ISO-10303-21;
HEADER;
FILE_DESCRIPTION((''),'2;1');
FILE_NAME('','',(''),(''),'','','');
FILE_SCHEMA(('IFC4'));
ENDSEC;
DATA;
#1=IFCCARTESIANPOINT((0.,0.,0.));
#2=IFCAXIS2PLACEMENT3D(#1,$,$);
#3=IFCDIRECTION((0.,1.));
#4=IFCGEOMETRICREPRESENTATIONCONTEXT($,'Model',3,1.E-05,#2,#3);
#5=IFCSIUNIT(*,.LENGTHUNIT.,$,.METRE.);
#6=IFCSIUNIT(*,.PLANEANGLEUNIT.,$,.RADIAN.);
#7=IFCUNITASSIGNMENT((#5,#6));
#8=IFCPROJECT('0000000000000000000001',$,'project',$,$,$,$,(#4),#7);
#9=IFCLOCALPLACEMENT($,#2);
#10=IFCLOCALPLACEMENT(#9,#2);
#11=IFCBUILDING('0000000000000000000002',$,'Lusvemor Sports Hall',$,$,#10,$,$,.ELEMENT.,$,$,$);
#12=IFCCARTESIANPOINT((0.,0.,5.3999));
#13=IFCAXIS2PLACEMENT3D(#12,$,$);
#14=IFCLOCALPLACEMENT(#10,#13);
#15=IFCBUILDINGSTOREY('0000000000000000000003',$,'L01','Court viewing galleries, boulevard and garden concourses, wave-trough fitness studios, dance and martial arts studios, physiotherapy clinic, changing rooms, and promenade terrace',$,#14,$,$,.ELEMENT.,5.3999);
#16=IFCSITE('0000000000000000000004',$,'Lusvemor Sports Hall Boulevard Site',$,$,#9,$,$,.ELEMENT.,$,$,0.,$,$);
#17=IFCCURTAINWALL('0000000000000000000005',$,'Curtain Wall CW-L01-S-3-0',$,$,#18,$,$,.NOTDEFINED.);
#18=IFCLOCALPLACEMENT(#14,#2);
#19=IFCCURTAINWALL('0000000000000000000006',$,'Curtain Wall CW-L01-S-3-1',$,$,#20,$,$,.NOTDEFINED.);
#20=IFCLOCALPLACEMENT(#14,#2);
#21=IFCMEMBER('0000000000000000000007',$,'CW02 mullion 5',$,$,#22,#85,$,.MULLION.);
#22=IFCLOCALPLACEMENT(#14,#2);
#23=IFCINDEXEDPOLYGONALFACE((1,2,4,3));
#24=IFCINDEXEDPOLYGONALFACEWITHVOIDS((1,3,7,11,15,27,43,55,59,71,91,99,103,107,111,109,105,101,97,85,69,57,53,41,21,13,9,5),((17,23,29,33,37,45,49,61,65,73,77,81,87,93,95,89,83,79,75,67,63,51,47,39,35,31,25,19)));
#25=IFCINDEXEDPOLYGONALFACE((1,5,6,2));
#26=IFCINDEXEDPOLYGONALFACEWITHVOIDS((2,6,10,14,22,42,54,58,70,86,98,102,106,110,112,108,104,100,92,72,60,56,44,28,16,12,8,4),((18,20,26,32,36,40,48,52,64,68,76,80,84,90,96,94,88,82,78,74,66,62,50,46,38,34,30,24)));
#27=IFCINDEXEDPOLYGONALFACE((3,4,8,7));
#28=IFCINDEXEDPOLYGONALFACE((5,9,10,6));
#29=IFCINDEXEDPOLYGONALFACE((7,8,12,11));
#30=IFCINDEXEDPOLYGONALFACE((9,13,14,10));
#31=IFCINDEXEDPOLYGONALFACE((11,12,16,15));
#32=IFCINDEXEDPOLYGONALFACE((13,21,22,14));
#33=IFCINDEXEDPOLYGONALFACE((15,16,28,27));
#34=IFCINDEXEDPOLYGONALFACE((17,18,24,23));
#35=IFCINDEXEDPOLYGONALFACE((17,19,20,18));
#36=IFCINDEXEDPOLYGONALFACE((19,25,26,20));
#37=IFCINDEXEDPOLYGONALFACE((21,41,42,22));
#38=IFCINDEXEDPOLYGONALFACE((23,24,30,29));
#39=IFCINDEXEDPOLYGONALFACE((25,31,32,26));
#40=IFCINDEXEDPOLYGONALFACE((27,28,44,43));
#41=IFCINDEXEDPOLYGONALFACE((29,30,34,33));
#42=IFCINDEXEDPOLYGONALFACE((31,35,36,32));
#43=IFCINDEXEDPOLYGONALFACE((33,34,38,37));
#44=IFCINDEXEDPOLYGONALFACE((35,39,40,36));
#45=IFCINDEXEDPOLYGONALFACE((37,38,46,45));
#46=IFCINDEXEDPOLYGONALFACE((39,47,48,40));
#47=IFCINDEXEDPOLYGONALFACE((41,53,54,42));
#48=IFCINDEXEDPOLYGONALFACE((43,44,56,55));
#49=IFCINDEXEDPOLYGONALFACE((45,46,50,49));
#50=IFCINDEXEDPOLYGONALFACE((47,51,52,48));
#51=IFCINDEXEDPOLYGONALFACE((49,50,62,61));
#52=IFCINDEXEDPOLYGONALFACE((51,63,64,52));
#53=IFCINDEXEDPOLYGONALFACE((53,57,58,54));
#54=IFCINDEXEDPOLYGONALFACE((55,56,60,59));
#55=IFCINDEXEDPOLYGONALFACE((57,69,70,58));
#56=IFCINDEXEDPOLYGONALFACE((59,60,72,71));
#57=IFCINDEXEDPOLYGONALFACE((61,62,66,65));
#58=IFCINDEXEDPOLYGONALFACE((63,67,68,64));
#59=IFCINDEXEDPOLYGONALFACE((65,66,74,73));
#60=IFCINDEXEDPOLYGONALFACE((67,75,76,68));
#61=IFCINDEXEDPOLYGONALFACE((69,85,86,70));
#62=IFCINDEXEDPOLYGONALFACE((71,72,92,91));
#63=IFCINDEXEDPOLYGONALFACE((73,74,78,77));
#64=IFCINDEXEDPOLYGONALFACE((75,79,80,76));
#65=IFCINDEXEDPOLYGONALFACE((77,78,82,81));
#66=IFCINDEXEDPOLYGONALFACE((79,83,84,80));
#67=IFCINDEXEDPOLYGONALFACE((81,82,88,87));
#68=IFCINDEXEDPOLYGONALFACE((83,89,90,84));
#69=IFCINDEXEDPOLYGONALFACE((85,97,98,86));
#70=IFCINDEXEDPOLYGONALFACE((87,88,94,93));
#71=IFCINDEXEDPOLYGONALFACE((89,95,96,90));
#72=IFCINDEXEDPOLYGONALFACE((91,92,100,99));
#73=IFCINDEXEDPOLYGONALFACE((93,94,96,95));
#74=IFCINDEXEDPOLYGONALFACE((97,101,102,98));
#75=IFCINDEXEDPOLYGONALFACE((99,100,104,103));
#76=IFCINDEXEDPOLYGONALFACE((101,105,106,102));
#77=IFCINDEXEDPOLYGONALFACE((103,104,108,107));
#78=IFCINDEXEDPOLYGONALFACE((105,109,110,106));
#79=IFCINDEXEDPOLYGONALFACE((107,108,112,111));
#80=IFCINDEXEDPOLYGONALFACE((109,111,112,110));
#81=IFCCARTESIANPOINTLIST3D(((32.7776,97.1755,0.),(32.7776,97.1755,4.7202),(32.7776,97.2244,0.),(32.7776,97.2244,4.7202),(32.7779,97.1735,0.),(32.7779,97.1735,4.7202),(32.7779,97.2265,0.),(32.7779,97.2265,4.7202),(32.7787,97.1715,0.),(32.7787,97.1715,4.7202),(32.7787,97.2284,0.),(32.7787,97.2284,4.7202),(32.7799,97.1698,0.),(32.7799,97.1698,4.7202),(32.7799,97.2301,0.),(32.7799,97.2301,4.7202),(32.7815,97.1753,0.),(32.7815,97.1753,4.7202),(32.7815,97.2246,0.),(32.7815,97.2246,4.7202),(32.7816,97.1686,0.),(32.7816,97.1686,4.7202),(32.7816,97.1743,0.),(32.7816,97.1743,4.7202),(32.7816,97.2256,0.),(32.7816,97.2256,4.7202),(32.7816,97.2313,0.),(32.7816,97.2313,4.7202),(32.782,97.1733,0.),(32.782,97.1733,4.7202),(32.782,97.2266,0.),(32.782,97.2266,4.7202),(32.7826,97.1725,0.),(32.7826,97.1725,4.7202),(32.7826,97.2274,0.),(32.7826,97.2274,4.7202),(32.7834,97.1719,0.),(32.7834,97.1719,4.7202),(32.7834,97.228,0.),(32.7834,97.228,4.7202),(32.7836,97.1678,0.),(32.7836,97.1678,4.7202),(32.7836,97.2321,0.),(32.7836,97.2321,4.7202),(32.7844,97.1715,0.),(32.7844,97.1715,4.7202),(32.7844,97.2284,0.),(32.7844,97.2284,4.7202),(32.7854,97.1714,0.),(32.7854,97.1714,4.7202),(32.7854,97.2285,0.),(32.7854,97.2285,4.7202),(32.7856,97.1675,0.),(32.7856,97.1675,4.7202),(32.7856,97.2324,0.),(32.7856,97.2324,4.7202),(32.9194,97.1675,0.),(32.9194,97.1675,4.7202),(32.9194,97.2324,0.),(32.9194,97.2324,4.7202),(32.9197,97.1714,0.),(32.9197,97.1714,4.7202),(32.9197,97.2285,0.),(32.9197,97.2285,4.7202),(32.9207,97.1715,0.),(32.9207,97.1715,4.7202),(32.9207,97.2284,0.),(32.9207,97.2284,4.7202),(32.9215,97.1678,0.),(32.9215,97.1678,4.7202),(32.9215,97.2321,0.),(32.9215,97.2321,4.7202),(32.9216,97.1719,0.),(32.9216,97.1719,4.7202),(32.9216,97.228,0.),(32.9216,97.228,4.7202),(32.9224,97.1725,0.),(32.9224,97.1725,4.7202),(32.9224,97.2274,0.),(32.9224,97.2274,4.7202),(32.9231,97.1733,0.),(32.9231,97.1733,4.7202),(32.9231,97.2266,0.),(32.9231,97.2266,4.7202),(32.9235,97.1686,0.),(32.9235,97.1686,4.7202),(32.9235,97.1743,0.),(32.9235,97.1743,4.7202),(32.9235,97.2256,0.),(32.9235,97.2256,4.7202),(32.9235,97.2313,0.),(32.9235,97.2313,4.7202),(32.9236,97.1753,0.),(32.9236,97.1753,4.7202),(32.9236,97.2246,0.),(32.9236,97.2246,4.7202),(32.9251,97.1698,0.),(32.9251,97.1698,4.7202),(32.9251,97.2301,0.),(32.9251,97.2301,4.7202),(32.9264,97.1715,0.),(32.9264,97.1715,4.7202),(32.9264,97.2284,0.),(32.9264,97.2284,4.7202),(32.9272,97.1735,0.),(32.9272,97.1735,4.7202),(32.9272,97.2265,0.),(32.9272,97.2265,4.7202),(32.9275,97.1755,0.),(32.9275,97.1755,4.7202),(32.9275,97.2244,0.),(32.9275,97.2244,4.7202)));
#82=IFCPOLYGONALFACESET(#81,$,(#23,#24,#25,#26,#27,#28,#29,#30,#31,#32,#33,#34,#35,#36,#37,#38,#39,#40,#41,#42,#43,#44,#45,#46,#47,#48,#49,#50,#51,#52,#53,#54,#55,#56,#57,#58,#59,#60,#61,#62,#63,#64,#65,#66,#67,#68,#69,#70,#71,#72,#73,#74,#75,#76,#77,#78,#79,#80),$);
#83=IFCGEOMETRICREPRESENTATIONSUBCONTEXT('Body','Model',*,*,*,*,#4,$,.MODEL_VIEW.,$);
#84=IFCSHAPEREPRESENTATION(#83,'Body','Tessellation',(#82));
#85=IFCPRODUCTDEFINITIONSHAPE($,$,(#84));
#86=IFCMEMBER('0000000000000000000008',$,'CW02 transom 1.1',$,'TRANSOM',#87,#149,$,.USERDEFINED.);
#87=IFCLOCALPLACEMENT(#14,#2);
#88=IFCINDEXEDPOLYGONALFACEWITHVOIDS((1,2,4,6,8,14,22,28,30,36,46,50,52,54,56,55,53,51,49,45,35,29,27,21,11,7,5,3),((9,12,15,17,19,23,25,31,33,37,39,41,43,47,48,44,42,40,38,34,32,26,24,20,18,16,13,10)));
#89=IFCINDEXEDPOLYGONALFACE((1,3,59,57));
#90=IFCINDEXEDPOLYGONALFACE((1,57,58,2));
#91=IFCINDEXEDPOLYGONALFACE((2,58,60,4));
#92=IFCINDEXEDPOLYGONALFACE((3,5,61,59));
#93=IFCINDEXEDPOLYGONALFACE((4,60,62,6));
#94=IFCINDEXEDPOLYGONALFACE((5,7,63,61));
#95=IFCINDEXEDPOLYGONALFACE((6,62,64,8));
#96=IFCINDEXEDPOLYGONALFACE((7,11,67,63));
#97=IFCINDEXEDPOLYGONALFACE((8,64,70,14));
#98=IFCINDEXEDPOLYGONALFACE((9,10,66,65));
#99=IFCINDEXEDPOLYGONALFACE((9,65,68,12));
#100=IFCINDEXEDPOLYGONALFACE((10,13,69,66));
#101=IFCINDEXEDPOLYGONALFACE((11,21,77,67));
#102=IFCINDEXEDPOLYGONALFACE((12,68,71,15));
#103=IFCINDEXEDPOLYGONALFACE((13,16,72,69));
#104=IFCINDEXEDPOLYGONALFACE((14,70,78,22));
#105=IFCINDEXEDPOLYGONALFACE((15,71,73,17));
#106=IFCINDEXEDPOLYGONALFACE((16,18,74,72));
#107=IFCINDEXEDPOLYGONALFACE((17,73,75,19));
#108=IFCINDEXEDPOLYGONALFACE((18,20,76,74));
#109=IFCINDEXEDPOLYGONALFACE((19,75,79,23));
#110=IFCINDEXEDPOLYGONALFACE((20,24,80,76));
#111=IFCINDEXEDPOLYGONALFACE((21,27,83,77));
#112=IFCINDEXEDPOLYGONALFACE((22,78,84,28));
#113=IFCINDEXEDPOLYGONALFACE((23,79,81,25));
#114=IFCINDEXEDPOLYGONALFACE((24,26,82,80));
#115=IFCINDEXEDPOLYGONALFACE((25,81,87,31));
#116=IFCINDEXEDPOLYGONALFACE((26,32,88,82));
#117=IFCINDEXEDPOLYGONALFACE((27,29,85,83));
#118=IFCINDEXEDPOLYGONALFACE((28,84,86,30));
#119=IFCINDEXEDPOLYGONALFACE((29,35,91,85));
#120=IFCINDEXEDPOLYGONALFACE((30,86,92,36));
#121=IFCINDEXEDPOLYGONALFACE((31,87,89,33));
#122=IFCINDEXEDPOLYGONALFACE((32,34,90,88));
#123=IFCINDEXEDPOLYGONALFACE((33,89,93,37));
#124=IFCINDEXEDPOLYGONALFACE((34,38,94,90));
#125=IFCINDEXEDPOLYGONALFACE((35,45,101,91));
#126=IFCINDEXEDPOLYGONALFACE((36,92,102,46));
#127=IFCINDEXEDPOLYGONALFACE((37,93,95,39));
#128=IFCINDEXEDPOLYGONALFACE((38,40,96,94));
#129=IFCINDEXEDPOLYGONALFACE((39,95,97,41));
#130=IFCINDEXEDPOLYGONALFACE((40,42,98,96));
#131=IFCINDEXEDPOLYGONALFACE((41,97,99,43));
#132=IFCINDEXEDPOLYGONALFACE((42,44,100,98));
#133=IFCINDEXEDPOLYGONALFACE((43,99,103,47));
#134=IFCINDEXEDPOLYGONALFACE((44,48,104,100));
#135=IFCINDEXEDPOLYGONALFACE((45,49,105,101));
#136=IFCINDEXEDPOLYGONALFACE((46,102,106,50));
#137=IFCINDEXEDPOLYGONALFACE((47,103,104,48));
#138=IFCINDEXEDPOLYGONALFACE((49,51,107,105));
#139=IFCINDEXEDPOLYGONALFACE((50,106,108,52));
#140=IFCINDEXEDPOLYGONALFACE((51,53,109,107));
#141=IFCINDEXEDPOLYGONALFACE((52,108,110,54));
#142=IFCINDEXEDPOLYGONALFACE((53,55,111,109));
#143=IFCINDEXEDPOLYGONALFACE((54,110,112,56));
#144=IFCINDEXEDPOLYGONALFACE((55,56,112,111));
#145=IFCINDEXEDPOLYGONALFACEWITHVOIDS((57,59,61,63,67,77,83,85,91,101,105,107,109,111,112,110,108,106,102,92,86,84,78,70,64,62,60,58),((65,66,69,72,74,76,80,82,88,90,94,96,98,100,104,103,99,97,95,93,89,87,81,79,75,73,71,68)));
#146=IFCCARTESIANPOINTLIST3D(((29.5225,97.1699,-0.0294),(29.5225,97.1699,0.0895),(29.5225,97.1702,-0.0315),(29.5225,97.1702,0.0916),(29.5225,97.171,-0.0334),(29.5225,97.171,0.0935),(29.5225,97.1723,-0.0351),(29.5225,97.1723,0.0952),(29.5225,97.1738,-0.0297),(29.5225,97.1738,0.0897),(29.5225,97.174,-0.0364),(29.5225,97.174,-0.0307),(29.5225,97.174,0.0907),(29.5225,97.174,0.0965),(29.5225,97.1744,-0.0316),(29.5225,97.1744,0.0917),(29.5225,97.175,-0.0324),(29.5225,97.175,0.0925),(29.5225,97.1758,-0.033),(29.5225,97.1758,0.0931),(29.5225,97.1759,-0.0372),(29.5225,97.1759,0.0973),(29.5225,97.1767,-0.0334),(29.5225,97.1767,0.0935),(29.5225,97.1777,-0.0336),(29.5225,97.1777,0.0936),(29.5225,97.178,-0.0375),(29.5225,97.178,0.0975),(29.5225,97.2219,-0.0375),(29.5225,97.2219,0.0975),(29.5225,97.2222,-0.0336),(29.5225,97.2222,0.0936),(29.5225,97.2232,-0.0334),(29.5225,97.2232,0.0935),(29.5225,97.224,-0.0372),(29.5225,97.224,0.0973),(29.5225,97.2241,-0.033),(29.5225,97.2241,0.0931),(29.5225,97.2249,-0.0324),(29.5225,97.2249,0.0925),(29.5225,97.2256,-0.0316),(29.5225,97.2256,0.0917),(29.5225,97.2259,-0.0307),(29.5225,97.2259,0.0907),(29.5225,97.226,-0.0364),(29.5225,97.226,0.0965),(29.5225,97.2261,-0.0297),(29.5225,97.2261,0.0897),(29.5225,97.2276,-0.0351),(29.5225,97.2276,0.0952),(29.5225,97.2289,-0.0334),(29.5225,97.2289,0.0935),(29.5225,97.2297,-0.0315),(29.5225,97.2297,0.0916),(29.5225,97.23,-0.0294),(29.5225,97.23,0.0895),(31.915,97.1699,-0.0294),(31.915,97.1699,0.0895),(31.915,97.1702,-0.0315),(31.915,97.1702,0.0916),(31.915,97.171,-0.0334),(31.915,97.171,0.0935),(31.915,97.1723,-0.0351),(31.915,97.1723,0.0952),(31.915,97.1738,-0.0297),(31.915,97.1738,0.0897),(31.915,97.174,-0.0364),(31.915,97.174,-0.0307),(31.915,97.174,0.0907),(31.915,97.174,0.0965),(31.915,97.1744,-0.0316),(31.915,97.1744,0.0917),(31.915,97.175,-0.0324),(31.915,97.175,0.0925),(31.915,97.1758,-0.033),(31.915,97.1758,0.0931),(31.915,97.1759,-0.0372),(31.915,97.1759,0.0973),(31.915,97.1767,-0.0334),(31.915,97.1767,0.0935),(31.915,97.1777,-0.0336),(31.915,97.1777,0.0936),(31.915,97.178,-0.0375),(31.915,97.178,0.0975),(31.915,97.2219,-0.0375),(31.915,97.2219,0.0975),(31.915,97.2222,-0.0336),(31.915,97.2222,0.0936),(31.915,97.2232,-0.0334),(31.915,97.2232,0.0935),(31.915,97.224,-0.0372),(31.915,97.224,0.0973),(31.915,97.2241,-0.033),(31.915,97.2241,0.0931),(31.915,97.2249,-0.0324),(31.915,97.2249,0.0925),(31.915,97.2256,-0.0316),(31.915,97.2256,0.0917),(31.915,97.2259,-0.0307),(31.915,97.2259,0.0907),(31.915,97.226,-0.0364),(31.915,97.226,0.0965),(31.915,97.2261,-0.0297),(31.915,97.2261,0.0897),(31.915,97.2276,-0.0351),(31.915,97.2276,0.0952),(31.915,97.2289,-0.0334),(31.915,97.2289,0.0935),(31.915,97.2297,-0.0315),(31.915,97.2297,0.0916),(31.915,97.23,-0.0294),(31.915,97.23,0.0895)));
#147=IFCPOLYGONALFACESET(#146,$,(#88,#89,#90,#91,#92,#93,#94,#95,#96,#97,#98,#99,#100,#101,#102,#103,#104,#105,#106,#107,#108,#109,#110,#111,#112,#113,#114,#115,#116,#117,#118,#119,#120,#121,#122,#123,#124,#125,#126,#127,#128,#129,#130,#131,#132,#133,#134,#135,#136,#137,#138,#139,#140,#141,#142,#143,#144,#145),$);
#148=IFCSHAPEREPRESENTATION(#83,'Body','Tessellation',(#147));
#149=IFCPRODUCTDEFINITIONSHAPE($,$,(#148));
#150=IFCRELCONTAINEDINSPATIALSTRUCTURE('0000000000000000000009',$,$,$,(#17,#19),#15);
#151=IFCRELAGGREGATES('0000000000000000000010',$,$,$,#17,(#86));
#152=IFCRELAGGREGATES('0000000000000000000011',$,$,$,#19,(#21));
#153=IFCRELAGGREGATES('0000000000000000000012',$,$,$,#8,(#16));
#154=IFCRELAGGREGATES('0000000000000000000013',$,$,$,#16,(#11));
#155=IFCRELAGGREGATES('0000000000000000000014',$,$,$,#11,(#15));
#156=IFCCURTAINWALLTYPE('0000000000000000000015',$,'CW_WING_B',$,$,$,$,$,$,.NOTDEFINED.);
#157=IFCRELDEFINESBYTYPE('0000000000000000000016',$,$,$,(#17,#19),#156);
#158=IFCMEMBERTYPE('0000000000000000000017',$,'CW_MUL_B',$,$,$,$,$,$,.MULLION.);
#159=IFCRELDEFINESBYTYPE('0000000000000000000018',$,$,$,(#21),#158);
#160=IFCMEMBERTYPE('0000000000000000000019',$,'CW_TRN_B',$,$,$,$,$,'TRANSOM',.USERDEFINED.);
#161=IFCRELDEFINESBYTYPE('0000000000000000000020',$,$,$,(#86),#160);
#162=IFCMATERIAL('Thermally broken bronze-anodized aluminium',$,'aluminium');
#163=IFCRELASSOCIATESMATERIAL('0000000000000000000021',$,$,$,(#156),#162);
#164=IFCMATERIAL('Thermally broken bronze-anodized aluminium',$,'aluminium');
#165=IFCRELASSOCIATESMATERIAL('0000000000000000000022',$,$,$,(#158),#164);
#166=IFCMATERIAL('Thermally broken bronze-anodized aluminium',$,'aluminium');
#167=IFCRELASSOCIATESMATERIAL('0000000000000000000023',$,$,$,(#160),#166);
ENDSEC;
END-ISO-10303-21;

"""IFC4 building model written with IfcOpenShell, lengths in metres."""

from ifc_helpers import new_model, si_unit, direction, frame, origin, origin_2d, place, context, subcontext, project, spatial, hollow_rectangle, extrude, material, material_profile, profile_set, type_object, element, aggregate, save


model = new_model("IFC4")

# Units and contexts
model_context = context("Model", 3, precision=1e-05, world=origin(), true_north=direction((0.0, 1.0)))
body_context = subcontext(model_context, "Body", "Model", "MODEL_VIEW")
ifc_project = project(units=[si_unit("LENGTHUNIT", "METRE"), si_unit("PLANEANGLEUNIT", "RADIAN")], contexts=[model_context])

# Site, building, storey
site_placement = place(None, origin())
site = spatial("IfcSite", under=ifc_project, at=site_placement, Name="Lusvemor Sports Hall Boulevard Site", CompositionType="ELEMENT", RefElevation=0.0)
building_placement = place(site_placement, origin())
building = spatial("IfcBuilding", under=site, at=building_placement, Name="Lusvemor Sports Hall", CompositionType="ELEMENT")
storey_placement = place(building_placement, frame((0.0, 0.0, 5.3999)))
storey = spatial("IfcBuildingStorey", under=building, at=storey_placement, Name="L01", Description="Court viewing galleries, boulevard and garden concourses, wave-trough fitness studios, dance and martial arts studios, physiotherapy clinic, changing rooms, and promenade terrace", CompositionType="ELEMENT", Elevation=5.3999)

# Curtain wall
ifc_material_1 = material(Name="Thermally broken bronze-anodized aluminium", Category="aluminium")
curtain_wall_type = type_object("IfcCurtainWallType", Name="CW_WING_B", PredefinedType="NOTDEFINED", material=ifc_material_1)
curtain_wall_1_placement = place(storey_placement, origin())
curtain_wall_1 = element("IfcCurtainWall", 1, at=curtain_wall_1_placement, inside=storey, type_object=curtain_wall_type, Name="Curtain Wall CW-L01-S-3-0", PredefinedType="NOTDEFINED")
ifc_material_2 = material(Name="Thermally broken bronze-anodized aluminium", Category="aluminium")
ifc_material_profile_1 = material_profile(ifc_material_2, hollow_rectangle(XDim=0.0649, YDim=0.1499, WallThickness=0.0039, InnerFilletRadius=0.0039, OuterFilletRadius=0.0081, at=origin_2d()), Name="CWMUL150x65x4")
ifc_profile_set_1 = profile_set([ifc_material_profile_1], Name="Thermally broken bronze-anodized aluminium")
member_type_1 = type_object("IfcMemberType", Name="CW_MUL_B", PredefinedType="MULLION", material=ifc_profile_set_1)

# Curtain wall, member
curtain_wall_2_placement = place(storey_placement, origin())
curtain_wall_2 = element("IfcCurtainWall", 2, at=curtain_wall_2_placement, inside=storey, type_object=curtain_wall_type, Name="Curtain Wall CW-L01-S-3-1", PredefinedType="NOTDEFINED")
member_1_placement = place(storey_placement, frame((32.8525, 97.2, 0.0), z_axis=(0.0, 0.0, 1.0), x_axis=(0.0, -1.0, 0.0)))
member_1 = element("IfcMember", 3, at=member_1_placement, type_object=member_type_1, Name="CW02 mullion 5", PredefinedType="MULLION", context=body_context, shape_type="SweptSolid", body=[
    extrude(hollow_rectangle(XDim=0.0649, YDim=0.1499, WallThickness=0.0039, InnerFilletRadius=0.0039, OuterFilletRadius=0.0081, at=origin_2d()), origin(), (0.0, 0.0, 1.0), 4.7202),
])

# Member
ifc_material_3 = material(Name="Thermally broken bronze-anodized aluminium", Category="aluminium")
ifc_material_profile_2 = material_profile(ifc_material_3, hollow_rectangle(XDim=0.0601, YDim=0.135, WallThickness=0.0039, InnerFilletRadius=0.0039, OuterFilletRadius=0.0081, at=origin_2d()), Name="CWTRN135x60x4")
ifc_profile_set_2 = profile_set([ifc_material_profile_2], Name="Thermally broken bronze-anodized aluminium")
member_type_2 = type_object("IfcMemberType", Name="CW_TRN_B", ElementType="TRANSOM", PredefinedType="USERDEFINED", material=ifc_profile_set_2)
member_2_placement = place(storey_placement, frame((31.915, 97.2, 0.03), z_axis=(-1.0, 0.0, 0.0), x_axis=(0.0, -1.0, 0.0)))
member_2 = element("IfcMember", 4, at=member_2_placement, type_object=member_type_2, Name="CW02 transom 1.1", ObjectType="TRANSOM", PredefinedType="USERDEFINED", context=body_context, shape_type="SweptSolid", body=[
    extrude(hollow_rectangle(XDim=0.0601, YDim=0.135, WallThickness=0.0039, InnerFilletRadius=0.0039, OuterFilletRadius=0.0081, at=origin_2d()), origin(), (0.0, 0.0, 1.0), 2.3926),
])

aggregate(curtain_wall_1, [member_2])
aggregate(curtain_wall_2, [member_1])

save(model, "model.ifc")
